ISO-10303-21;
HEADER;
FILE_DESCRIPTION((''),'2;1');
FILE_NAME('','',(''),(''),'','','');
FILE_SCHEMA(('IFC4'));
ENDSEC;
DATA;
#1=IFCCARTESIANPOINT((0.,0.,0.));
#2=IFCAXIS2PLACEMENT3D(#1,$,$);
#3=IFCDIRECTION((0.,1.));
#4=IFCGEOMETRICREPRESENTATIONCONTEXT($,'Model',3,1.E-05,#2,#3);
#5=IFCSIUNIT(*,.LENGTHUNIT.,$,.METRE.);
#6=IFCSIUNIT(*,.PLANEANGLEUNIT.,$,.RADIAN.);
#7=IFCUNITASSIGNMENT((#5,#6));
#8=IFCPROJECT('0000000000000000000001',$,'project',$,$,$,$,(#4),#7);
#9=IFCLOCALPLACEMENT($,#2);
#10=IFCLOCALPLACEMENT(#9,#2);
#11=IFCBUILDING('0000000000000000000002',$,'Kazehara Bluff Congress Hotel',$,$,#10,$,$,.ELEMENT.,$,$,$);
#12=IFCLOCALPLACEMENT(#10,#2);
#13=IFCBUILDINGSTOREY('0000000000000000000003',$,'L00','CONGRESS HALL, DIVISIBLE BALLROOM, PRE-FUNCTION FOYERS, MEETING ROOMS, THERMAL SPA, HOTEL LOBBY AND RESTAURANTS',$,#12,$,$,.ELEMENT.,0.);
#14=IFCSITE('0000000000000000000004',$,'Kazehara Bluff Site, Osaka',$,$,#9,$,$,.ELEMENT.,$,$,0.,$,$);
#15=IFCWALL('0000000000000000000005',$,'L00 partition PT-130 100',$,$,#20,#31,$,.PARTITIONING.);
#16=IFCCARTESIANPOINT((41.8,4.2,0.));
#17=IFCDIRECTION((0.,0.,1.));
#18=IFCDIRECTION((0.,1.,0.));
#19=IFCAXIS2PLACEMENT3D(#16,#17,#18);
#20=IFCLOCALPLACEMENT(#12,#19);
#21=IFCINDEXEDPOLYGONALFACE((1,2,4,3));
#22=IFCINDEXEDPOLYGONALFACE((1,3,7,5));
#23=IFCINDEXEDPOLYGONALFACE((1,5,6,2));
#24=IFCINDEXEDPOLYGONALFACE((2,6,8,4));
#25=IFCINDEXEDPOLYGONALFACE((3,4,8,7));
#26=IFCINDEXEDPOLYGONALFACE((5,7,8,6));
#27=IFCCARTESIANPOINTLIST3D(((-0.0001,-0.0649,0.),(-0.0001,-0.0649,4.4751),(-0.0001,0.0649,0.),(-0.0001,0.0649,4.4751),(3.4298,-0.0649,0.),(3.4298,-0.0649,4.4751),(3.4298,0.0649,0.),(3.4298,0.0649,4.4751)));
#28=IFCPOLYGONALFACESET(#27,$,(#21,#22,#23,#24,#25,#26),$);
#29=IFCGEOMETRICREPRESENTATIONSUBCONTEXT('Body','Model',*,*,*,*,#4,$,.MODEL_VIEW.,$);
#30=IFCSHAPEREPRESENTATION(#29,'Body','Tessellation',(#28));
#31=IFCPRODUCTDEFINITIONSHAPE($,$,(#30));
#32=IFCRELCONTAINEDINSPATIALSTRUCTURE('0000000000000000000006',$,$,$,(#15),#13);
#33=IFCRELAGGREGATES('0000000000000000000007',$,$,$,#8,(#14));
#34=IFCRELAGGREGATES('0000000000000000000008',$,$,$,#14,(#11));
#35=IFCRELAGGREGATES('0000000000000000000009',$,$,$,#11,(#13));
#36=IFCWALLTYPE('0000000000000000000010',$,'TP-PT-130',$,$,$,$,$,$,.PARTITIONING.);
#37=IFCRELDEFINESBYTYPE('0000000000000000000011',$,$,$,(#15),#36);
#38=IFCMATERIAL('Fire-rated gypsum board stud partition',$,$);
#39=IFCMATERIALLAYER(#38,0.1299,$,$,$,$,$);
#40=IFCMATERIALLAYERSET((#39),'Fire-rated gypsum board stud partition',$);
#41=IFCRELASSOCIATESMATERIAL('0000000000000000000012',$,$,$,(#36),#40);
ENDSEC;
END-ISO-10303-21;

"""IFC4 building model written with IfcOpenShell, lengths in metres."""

from ifc_helpers import new_model, si_unit, direction, frame, frame_2d, origin, place, context, subcontext, project, spatial, rectangle, extrude, material, layer, layer_set, type_object, element, save


model = new_model("IFC4")

# Units and contexts
model_context = context("Model", 3, precision=1e-05, world=origin(), true_north=direction((0.0, 1.0)))
body_context = subcontext(model_context, "Body", "Model", "MODEL_VIEW")
ifc_project = project(units=[si_unit("LENGTHUNIT", "METRE"), si_unit("PLANEANGLEUNIT", "RADIAN")], contexts=[model_context])

# Site, building, storey
site_placement = place(None, origin())
site = spatial("IfcSite", under=ifc_project, at=site_placement, Name="Kazehara Bluff Site, Osaka", CompositionType="ELEMENT", RefElevation=0.0)
building_placement = place(site_placement, origin())
building = spatial("IfcBuilding", under=site, at=building_placement, Name="Kazehara Bluff Congress Hotel", CompositionType="ELEMENT")
storey_placement = place(building_placement, origin())
storey = spatial("IfcBuildingStorey", under=building, at=storey_placement, Name="L00", Description="CONGRESS HALL, DIVISIBLE BALLROOM, PRE-FUNCTION FOYERS, MEETING ROOMS, THERMAL SPA, HOTEL LOBBY AND RESTAURANTS", CompositionType="ELEMENT", Elevation=0.0)

# Wall
ifc_material_1 = material(Name="Fire-rated gypsum board stud partition")
ifc_layer_1 = layer(ifc_material_1, 0.1299)
ifc_layer_set_1 = layer_set([ifc_layer_1], Name="Fire-rated gypsum board stud partition")
wall_type_1 = type_object("IfcWallType", Name="TP-PT-130", PredefinedType="PARTITIONING", material=ifc_layer_set_1)
wall_1_placement = place(storey_placement, frame((41.8, 4.2, 0.0), z_axis=(0.0, 0.0, 1.0), x_axis=(0.0, 1.0, 0.0)))
element("IfcWall", 1, at=wall_1_placement, inside=storey, type_object=wall_type_1, Name="L00 partition PT-130 100", PredefinedType="PARTITIONING", context=body_context, shape_type="SweptSolid", body=[
    extrude(rectangle(XDim=3.4299, YDim=0.1299, at=frame_2d((1.7148, 0.0))), origin(), (0.0, 0.0, 1.0), 4.4751),
])

save(model, "model.ifc")
